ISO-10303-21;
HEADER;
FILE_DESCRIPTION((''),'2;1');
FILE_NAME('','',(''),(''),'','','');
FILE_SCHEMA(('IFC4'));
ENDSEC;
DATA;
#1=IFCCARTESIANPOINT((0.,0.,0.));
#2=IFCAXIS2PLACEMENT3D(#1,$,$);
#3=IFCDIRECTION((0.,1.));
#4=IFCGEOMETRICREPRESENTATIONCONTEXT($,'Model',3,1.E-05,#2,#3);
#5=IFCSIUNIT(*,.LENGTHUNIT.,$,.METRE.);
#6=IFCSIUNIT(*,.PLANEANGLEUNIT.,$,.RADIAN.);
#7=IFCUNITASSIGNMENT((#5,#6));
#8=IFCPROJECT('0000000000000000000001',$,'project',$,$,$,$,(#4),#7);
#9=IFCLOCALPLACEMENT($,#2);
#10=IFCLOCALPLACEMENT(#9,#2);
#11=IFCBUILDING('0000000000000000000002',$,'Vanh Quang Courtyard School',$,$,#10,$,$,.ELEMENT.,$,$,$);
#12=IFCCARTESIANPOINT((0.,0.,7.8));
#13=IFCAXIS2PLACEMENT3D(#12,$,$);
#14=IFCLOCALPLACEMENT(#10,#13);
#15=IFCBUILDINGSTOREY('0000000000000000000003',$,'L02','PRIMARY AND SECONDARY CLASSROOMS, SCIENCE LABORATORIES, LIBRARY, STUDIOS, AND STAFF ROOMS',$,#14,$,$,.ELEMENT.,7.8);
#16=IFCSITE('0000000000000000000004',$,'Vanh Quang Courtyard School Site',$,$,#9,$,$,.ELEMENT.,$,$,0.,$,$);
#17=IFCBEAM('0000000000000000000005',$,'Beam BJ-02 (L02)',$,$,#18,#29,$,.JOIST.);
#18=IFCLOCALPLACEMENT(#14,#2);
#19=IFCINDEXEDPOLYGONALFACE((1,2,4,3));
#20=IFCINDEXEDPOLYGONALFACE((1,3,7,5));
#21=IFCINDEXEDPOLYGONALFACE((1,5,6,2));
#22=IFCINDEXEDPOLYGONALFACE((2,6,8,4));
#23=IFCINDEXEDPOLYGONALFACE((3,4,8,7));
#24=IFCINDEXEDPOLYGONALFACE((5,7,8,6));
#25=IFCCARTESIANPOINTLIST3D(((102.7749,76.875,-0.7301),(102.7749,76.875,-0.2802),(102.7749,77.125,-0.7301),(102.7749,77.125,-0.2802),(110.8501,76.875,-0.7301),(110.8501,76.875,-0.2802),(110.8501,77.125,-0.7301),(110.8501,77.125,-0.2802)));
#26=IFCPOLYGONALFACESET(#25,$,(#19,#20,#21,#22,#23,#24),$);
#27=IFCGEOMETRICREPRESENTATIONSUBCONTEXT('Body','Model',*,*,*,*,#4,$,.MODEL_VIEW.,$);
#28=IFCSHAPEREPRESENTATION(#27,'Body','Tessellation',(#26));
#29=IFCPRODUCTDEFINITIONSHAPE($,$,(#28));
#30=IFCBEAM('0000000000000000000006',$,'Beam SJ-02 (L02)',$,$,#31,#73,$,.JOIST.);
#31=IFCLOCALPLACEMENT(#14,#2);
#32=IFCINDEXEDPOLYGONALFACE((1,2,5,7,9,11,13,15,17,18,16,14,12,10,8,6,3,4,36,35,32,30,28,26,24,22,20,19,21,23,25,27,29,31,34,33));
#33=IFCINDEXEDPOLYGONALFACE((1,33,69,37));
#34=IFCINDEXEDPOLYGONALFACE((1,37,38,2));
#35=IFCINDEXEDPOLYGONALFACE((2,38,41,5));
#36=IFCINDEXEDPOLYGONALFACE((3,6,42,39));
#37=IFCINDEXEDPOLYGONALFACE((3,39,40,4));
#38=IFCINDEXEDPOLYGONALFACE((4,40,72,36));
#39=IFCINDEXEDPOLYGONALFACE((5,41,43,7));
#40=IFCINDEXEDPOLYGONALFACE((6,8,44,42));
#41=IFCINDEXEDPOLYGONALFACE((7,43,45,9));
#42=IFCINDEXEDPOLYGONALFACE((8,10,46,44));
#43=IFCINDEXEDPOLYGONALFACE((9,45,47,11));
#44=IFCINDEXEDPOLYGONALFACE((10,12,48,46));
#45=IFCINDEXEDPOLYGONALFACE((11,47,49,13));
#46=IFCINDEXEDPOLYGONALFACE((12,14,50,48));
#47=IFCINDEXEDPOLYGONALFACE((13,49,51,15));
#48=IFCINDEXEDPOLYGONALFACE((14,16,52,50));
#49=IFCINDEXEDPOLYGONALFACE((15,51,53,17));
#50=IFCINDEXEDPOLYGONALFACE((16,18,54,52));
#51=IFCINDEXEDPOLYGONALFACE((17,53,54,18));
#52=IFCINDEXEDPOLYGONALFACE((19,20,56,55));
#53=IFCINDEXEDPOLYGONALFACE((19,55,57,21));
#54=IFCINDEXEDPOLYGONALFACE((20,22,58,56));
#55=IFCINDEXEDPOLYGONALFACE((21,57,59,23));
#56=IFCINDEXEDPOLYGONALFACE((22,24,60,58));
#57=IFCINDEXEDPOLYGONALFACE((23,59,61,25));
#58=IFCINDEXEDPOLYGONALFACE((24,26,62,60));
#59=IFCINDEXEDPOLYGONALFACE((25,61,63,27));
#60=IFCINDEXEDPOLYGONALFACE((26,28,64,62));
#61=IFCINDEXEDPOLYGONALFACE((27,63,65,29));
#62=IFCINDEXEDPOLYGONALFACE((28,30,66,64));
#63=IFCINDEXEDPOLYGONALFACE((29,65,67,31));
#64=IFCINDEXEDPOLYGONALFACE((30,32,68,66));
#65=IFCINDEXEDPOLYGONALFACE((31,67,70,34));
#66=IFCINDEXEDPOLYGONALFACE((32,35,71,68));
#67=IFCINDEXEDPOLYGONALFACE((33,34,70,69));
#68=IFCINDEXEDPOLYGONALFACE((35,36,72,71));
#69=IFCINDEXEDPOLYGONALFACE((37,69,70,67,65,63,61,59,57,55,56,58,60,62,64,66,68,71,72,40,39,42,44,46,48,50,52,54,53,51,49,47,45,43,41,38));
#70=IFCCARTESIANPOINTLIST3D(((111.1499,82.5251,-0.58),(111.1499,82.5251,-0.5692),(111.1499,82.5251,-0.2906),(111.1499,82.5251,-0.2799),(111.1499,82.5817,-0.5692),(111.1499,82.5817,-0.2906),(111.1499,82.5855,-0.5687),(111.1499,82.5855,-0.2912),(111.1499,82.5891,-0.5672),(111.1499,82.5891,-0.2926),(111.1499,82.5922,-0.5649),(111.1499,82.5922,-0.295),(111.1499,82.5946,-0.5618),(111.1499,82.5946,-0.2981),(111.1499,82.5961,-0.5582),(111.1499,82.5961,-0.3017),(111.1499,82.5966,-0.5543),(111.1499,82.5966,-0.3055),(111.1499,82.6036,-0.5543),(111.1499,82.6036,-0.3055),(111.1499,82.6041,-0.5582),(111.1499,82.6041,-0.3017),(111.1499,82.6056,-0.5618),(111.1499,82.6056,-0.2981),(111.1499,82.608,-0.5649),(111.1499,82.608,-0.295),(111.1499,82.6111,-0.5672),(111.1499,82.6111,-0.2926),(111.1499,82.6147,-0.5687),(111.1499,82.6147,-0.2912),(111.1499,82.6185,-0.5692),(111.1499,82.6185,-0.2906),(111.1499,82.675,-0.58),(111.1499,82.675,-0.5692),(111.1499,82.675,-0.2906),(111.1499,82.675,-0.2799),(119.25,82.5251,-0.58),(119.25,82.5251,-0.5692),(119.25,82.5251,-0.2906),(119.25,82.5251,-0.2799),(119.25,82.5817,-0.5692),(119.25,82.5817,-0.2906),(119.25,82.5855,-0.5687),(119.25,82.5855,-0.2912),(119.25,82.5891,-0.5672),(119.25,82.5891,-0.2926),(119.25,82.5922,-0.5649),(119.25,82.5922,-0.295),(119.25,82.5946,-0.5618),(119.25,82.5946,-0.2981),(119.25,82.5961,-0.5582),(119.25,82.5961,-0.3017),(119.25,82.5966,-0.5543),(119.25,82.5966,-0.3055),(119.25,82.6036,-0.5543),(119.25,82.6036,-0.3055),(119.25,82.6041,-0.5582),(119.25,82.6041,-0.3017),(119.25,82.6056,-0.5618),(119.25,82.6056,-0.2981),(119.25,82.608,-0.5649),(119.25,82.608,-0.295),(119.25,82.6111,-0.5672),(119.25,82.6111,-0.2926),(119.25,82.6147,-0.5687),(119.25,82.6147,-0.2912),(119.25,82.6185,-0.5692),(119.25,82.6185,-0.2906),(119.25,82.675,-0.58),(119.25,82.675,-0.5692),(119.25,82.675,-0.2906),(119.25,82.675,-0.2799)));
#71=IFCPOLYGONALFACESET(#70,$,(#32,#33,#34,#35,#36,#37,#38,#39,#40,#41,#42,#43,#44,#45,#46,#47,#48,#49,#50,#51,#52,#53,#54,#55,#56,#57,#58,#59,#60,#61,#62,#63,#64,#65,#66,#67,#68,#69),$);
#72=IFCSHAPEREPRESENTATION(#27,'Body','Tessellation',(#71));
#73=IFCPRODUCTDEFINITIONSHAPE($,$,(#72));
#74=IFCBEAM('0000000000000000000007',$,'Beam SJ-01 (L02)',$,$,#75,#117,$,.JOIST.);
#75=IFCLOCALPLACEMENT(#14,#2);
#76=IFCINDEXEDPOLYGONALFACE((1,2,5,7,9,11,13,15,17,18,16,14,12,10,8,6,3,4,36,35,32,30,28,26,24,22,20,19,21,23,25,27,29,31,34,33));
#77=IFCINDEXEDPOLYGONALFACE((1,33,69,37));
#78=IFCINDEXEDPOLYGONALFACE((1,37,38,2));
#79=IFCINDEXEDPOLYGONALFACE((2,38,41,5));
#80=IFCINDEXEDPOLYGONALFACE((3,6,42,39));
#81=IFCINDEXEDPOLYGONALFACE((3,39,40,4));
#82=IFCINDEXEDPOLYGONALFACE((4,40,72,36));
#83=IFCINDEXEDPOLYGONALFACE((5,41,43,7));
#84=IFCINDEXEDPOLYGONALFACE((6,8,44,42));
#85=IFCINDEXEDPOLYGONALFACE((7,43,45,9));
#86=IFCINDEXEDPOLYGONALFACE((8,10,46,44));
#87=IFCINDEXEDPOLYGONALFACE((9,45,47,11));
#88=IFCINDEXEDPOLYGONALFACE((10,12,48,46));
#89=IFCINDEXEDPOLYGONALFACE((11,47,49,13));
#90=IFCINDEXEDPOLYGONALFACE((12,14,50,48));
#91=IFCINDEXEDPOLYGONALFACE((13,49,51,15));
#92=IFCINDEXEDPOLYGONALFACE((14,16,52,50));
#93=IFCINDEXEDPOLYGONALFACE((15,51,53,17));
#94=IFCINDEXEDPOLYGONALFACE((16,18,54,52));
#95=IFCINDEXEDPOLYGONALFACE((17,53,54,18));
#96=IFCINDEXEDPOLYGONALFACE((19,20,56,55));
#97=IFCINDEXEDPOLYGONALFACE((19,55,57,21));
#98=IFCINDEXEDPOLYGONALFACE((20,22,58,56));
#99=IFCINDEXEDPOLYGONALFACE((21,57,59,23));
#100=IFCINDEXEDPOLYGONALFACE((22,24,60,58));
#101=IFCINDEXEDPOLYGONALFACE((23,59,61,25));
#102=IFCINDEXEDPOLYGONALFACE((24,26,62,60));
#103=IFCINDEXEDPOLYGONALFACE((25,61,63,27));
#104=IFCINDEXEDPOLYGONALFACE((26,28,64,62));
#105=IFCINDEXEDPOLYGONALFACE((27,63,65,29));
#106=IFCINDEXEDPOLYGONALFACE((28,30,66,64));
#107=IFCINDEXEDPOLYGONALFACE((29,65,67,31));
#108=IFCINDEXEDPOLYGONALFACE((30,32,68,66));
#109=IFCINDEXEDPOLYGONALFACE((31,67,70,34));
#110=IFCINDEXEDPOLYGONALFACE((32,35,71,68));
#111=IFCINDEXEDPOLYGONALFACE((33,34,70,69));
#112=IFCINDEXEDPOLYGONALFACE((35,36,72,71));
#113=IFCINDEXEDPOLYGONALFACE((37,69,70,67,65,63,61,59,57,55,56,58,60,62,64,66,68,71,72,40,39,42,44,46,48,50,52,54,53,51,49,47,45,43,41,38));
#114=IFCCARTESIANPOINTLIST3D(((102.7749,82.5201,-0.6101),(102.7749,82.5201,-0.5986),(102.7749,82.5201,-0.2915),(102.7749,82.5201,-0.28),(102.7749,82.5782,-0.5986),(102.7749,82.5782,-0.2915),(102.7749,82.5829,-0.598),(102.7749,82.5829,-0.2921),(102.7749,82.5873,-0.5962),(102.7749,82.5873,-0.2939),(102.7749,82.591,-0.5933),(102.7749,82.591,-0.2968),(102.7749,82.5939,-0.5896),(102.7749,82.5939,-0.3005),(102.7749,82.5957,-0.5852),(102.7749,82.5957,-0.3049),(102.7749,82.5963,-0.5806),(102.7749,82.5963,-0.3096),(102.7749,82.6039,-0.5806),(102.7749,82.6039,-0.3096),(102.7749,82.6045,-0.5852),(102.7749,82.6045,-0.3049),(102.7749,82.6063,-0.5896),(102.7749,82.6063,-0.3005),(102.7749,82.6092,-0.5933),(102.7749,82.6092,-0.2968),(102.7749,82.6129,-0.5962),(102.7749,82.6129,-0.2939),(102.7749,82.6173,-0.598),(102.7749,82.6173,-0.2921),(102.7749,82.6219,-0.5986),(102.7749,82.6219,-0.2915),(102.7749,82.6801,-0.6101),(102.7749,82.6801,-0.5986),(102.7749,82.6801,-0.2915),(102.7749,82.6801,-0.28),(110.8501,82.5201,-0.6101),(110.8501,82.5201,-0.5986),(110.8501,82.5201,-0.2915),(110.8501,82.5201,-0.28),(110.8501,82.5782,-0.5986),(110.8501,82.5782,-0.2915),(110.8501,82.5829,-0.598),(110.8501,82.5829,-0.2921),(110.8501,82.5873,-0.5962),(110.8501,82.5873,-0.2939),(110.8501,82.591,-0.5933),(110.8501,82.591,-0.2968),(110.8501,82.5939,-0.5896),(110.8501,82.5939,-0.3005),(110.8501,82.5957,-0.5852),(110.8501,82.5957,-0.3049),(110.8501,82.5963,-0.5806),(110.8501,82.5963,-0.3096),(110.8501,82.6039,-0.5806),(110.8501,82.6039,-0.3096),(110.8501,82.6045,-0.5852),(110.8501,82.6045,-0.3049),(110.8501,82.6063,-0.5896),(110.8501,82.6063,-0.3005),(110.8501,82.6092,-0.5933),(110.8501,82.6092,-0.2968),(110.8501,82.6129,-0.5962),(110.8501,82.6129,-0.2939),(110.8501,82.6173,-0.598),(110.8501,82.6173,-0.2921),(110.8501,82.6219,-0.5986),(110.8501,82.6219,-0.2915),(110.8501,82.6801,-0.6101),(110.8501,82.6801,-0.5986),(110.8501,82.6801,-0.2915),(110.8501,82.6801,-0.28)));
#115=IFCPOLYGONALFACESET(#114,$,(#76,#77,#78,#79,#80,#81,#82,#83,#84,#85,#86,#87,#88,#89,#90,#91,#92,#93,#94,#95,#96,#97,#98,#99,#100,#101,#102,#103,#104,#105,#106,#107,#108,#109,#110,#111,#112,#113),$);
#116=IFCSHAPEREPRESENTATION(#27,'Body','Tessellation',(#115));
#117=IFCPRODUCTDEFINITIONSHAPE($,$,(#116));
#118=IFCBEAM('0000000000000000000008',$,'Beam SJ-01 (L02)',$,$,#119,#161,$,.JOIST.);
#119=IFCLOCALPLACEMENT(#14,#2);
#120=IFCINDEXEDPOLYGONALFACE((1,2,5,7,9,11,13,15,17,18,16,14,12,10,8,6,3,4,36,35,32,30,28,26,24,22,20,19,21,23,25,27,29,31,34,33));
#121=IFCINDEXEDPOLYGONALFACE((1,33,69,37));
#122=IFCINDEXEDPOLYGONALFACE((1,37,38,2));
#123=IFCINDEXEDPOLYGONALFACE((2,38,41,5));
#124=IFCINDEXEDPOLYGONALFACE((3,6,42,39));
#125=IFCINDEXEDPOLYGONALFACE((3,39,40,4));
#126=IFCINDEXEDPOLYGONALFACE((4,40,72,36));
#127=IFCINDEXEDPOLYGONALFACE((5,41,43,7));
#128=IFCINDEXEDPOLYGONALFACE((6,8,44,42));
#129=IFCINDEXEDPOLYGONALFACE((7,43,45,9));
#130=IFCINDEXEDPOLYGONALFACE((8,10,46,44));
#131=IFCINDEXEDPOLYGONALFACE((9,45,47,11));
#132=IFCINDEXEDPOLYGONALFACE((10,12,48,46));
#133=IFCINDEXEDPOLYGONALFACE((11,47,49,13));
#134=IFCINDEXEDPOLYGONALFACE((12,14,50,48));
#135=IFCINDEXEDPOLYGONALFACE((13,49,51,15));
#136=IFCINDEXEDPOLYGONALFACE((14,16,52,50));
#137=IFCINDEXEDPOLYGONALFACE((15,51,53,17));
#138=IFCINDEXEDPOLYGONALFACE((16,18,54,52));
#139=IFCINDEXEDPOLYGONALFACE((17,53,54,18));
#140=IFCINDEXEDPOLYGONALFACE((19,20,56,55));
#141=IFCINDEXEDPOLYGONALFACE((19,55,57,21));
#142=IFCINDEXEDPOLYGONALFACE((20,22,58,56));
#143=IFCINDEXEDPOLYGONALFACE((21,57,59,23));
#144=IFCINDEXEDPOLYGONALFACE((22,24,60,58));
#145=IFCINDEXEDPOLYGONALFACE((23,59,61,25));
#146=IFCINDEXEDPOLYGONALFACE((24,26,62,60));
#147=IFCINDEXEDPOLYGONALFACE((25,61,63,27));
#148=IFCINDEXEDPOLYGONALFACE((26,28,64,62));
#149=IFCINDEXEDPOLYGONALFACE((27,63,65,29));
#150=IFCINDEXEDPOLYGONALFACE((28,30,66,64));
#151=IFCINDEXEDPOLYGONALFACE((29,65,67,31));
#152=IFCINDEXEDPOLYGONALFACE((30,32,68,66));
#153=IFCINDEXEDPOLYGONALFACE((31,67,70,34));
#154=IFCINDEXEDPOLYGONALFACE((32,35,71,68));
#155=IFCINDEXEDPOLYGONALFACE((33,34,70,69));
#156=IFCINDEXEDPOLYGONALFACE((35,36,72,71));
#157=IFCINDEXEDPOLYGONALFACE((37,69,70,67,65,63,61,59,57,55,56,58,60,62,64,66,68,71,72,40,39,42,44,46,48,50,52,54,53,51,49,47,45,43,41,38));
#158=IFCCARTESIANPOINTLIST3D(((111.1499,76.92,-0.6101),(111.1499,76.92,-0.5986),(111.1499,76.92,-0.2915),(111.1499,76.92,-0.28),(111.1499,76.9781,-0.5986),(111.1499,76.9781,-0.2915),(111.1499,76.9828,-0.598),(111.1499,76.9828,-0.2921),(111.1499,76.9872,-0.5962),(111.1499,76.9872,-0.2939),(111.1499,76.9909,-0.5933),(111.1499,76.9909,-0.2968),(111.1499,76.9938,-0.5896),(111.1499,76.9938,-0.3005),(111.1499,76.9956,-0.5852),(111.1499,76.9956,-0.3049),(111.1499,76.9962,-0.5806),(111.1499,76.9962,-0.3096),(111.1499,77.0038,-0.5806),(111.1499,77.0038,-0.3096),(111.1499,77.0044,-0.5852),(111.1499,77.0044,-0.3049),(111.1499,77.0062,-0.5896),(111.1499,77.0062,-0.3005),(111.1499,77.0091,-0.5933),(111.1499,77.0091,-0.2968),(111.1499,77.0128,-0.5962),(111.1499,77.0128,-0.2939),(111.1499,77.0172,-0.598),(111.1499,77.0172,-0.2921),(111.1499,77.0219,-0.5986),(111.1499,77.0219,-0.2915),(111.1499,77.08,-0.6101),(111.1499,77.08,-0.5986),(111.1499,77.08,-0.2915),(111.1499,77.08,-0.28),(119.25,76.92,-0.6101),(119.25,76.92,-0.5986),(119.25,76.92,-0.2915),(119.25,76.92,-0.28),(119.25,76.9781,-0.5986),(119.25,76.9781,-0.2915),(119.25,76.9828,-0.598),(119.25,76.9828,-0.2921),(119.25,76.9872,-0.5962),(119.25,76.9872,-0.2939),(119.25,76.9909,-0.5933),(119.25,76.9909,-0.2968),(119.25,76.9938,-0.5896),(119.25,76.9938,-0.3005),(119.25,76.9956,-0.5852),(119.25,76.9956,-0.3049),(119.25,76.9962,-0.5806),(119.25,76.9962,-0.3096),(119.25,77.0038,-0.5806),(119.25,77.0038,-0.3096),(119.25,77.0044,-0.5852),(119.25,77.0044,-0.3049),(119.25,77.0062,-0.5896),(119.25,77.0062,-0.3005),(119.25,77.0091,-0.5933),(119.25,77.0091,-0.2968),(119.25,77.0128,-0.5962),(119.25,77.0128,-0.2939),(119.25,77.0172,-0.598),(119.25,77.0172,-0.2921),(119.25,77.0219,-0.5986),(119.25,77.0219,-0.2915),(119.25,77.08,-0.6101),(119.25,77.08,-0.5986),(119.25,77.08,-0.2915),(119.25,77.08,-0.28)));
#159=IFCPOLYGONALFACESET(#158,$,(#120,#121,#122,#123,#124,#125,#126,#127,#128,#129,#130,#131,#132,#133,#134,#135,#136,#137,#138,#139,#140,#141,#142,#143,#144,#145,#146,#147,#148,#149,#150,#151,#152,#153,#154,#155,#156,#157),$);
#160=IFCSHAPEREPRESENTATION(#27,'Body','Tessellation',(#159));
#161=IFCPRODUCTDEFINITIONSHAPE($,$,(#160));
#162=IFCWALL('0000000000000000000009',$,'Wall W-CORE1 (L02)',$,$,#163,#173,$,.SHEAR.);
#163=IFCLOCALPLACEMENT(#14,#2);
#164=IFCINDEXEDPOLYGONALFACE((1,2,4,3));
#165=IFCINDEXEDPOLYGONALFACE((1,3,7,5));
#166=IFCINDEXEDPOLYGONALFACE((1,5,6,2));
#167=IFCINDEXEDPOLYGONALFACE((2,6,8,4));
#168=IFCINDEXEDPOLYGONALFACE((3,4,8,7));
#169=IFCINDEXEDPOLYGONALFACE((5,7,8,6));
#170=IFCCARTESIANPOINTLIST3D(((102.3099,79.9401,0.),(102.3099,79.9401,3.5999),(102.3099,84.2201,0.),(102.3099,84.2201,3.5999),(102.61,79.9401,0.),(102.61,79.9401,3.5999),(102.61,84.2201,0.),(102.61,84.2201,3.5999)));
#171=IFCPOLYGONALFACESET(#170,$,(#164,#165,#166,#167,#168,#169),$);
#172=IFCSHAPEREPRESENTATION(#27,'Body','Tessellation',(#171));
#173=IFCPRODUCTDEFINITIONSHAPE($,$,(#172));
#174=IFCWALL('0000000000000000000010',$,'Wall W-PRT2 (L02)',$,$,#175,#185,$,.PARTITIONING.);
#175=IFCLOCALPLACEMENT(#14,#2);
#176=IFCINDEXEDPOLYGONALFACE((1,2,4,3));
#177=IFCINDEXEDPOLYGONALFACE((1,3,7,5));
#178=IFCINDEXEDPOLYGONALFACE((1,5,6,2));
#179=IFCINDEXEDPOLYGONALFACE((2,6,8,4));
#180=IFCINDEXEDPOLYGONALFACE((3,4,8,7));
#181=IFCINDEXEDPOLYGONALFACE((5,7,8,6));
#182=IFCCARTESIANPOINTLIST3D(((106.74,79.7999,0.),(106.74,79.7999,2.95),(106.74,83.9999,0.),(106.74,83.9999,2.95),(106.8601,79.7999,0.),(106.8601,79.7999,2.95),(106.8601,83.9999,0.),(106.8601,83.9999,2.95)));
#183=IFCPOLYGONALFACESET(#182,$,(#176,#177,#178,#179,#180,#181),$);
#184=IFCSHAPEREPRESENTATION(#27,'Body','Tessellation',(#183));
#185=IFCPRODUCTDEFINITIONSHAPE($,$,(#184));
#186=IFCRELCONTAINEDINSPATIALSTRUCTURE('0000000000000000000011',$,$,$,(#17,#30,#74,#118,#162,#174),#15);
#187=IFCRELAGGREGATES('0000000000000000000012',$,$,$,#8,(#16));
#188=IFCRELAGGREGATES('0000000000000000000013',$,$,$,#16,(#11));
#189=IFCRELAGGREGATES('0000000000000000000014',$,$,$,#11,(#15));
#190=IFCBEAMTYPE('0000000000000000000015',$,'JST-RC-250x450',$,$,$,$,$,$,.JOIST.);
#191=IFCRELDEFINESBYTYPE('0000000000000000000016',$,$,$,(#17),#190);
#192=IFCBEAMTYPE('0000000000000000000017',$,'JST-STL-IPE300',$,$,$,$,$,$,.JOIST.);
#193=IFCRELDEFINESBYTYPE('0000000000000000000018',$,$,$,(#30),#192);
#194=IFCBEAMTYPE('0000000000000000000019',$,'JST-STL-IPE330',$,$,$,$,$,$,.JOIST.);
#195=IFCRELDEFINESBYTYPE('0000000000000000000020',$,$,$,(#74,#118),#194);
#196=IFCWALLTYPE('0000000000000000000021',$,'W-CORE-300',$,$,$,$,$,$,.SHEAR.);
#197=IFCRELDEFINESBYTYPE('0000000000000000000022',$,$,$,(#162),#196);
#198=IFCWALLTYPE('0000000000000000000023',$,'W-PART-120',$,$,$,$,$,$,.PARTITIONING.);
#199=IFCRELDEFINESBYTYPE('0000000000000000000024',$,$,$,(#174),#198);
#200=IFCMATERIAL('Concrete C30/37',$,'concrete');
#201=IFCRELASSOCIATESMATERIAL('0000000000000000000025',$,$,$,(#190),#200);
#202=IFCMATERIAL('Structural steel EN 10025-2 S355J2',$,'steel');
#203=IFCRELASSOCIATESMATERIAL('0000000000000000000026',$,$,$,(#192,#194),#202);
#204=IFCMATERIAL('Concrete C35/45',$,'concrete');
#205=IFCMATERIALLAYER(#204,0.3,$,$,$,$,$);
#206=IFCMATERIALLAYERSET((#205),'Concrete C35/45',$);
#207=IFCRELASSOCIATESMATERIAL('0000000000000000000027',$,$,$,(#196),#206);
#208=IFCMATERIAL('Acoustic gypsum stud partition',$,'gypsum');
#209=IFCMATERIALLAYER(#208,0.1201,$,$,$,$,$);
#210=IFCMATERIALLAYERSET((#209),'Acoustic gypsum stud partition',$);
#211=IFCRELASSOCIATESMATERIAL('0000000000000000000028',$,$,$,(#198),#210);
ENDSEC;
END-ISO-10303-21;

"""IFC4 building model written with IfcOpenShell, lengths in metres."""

from ifc_helpers import new_model, si_unit, direction, frame, frame_2d, origin, origin_2d, place, context, subcontext, project, spatial, rectangle, i_section, extrude, material, layer, layer_set, material_profile, profile_set, type_object, element, save


model = new_model("IFC4")

# Units and contexts
model_context = context("Model", 3, precision=1e-05, world=origin(), true_north=direction((0.0, 1.0)))
body_context = subcontext(model_context, "Body", "Model", "MODEL_VIEW")
ifc_project = project(units=[si_unit("LENGTHUNIT", "METRE"), si_unit("PLANEANGLEUNIT", "RADIAN")], contexts=[model_context])

# Site, building, storey
site_placement = place(None, origin())
site = spatial("IfcSite", under=ifc_project, at=site_placement, Name="Vanh Quang Courtyard School Site", CompositionType="ELEMENT", RefElevation=0.0)
building_placement = place(site_placement, origin())
building = spatial("IfcBuilding", under=site, at=building_placement, Name="Vanh Quang Courtyard School", CompositionType="ELEMENT")
storey_placement = place(building_placement, frame((0.0, 0.0, 7.8)))
storey = spatial("IfcBuildingStorey", under=building, at=storey_placement, Name="L02", Description="PRIMARY AND SECONDARY CLASSROOMS, SCIENCE LABORATORIES, LIBRARY, STUDIOS, AND STAFF ROOMS", CompositionType="ELEMENT", Elevation=7.8)

# Shared definitions
ifc_material_1 = material(Name="Concrete C35/45", Category="concrete")

# Beams
ifc_material_2 = material(Name="Structural steel EN 10025-2 S355J2", Category="steel")
ifc_material_3 = material(Name="Concrete C30/37", Category="concrete")
ifc_material_profile_1 = material_profile(ifc_material_3, rectangle(XDim=0.25, YDim=0.45, at=origin_2d()), Name="RC-JST 250x450")
ifc_profile_set_1 = profile_set([ifc_material_profile_1], Name="Concrete C30/37")
beam_type_1 = type_object("IfcBeamType", Name="JST-RC-250x450", PredefinedType="JOIST", material=ifc_profile_set_1)
beam_1_placement = place(storey_placement, frame((102.7749, 77.0, -0.5051), z_axis=(1.0, 0.0, 0.0), x_axis=(0.0, 1.0, 0.0)))
element("IfcBeam", 1, at=beam_1_placement, inside=storey, type_object=beam_type_1, Name="Beam BJ-02 (L02)", PredefinedType="JOIST", context=body_context, shape_type="SweptSolid", body=[
    extrude(rectangle(XDim=0.25, YDim=0.45, at=origin_2d()), origin(), (0.0, 0.0, 1.0), 8.0752),
])
ifc_material_profile_2 = material_profile(ifc_material_2, i_section(OverallWidth=0.1499, OverallDepth=0.3, WebThickness=0.0071, FlangeThickness=0.0107, FilletRadius=0.0149, at=origin_2d()), Name="IPE 300")
ifc_profile_set_2 = profile_set([ifc_material_profile_2], Name="Structural steel EN 10025-2 S355J2")
beam_type_2 = type_object("IfcBeamType", Name="JST-STL-IPE300", PredefinedType="JOIST", material=ifc_profile_set_2)
beam_2_placement = place(storey_placement, frame((111.1499, 82.6001, -0.4299), z_axis=(1.0, 0.0, 0.0), x_axis=(0.0, 1.0, 0.0)))
element("IfcBeam", 2, at=beam_2_placement, inside=storey, type_object=beam_type_2, Name="Beam SJ-02 (L02)", PredefinedType="JOIST", context=body_context, shape_type="SweptSolid", body=[
    extrude(i_section(OverallWidth=0.1499, OverallDepth=0.3, WebThickness=0.0071, FlangeThickness=0.0107, FilletRadius=0.0149, at=origin_2d()), origin(), (0.0, 0.0, 1.0), 8.1001),
])
ifc_material_profile_3 = material_profile(ifc_material_2, i_section(OverallWidth=0.1599, OverallDepth=0.3301, WebThickness=0.0076, FlangeThickness=0.0115, FilletRadius=0.0181, at=origin_2d()), Name="IPE 330")
ifc_profile_set_3 = profile_set([ifc_material_profile_3], Name="Structural steel EN 10025-2 S355J2")
beam_type_3 = type_object("IfcBeamType", Name="JST-STL-IPE330", PredefinedType="JOIST", material=ifc_profile_set_3)
beam_3_placement = place(storey_placement, frame((102.7749, 82.6001, -0.4451), z_axis=(1.0, 0.0, 0.0), x_axis=(0.0, 1.0, 0.0)))
element("IfcBeam", 3, at=beam_3_placement, inside=storey, type_object=beam_type_3, Name="Beam SJ-01 (L02)", PredefinedType="JOIST", context=body_context, shape_type="SweptSolid", body=[
    extrude(i_section(OverallWidth=0.1599, OverallDepth=0.3301, WebThickness=0.0076, FlangeThickness=0.0115, FilletRadius=0.0181, at=origin_2d()), origin(), (0.0, 0.0, 1.0), 8.0752),
])
beam_4_placement = place(storey_placement, frame((111.1499, 77.0, -0.4451), z_axis=(1.0, 0.0, 0.0), x_axis=(0.0, 1.0, 0.0)))
element("IfcBeam", 4, at=beam_4_placement, inside=storey, type_object=beam_type_3, Name="Beam SJ-01 (L02)", PredefinedType="JOIST", context=body_context, shape_type="SweptSolid", body=[
    extrude(i_section(OverallWidth=0.1599, OverallDepth=0.3301, WebThickness=0.0076, FlangeThickness=0.0115, FilletRadius=0.0181, at=origin_2d()), origin(), (0.0, 0.0, 1.0), 8.1001),
])

# Walls
ifc_layer_1 = layer(ifc_material_1, 0.3)
ifc_layer_set_1 = layer_set([ifc_layer_1], Name="Concrete C35/45")
wall_type_1 = type_object("IfcWallType", Name="W-CORE-300", PredefinedType="SHEAR", material=ifc_layer_set_1)
wall_1_placement = place(storey_placement, frame((102.46, 79.9399, 0.0), z_axis=(0.0, 0.0, 1.0), x_axis=(0.0, 1.0, 0.0)))
element("IfcWall", 5, at=wall_1_placement, inside=storey, type_object=wall_type_1, Name="Wall W-CORE1 (L02)", PredefinedType="SHEAR", context=body_context, shape_type="SweptSolid", body=[
    extrude(rectangle(XDim=4.28, YDim=0.3, at=frame_2d((2.1401, 0.0))), origin(), (0.0, 0.0, 1.0), 3.5999),
])
ifc_material_4 = material(Name="Acoustic gypsum stud partition", Category="gypsum")
ifc_layer_2 = layer(ifc_material_4, 0.1201)
ifc_layer_set_2 = layer_set([ifc_layer_2], Name="Acoustic gypsum stud partition")
wall_type_2 = type_object("IfcWallType", Name="W-PART-120", PredefinedType="PARTITIONING", material=ifc_layer_set_2)
wall_2_placement = place(storey_placement, frame((106.8, 84.0, 0.0), z_axis=(0.0, 0.0, 1.0), x_axis=(0.0, -1.0, 0.0)))
element("IfcWall", 6, at=wall_2_placement, inside=storey, type_object=wall_type_2, Name="Wall W-PRT2 (L02)", PredefinedType="PARTITIONING", context=body_context, shape_type="SweptSolid", body=[
    extrude(rectangle(XDim=4.2, YDim=0.1201, at=frame_2d((2.1001, 0.0))), origin(), (0.0, 0.0, 1.0), 2.95),
])

save(model, "model.ifc")
